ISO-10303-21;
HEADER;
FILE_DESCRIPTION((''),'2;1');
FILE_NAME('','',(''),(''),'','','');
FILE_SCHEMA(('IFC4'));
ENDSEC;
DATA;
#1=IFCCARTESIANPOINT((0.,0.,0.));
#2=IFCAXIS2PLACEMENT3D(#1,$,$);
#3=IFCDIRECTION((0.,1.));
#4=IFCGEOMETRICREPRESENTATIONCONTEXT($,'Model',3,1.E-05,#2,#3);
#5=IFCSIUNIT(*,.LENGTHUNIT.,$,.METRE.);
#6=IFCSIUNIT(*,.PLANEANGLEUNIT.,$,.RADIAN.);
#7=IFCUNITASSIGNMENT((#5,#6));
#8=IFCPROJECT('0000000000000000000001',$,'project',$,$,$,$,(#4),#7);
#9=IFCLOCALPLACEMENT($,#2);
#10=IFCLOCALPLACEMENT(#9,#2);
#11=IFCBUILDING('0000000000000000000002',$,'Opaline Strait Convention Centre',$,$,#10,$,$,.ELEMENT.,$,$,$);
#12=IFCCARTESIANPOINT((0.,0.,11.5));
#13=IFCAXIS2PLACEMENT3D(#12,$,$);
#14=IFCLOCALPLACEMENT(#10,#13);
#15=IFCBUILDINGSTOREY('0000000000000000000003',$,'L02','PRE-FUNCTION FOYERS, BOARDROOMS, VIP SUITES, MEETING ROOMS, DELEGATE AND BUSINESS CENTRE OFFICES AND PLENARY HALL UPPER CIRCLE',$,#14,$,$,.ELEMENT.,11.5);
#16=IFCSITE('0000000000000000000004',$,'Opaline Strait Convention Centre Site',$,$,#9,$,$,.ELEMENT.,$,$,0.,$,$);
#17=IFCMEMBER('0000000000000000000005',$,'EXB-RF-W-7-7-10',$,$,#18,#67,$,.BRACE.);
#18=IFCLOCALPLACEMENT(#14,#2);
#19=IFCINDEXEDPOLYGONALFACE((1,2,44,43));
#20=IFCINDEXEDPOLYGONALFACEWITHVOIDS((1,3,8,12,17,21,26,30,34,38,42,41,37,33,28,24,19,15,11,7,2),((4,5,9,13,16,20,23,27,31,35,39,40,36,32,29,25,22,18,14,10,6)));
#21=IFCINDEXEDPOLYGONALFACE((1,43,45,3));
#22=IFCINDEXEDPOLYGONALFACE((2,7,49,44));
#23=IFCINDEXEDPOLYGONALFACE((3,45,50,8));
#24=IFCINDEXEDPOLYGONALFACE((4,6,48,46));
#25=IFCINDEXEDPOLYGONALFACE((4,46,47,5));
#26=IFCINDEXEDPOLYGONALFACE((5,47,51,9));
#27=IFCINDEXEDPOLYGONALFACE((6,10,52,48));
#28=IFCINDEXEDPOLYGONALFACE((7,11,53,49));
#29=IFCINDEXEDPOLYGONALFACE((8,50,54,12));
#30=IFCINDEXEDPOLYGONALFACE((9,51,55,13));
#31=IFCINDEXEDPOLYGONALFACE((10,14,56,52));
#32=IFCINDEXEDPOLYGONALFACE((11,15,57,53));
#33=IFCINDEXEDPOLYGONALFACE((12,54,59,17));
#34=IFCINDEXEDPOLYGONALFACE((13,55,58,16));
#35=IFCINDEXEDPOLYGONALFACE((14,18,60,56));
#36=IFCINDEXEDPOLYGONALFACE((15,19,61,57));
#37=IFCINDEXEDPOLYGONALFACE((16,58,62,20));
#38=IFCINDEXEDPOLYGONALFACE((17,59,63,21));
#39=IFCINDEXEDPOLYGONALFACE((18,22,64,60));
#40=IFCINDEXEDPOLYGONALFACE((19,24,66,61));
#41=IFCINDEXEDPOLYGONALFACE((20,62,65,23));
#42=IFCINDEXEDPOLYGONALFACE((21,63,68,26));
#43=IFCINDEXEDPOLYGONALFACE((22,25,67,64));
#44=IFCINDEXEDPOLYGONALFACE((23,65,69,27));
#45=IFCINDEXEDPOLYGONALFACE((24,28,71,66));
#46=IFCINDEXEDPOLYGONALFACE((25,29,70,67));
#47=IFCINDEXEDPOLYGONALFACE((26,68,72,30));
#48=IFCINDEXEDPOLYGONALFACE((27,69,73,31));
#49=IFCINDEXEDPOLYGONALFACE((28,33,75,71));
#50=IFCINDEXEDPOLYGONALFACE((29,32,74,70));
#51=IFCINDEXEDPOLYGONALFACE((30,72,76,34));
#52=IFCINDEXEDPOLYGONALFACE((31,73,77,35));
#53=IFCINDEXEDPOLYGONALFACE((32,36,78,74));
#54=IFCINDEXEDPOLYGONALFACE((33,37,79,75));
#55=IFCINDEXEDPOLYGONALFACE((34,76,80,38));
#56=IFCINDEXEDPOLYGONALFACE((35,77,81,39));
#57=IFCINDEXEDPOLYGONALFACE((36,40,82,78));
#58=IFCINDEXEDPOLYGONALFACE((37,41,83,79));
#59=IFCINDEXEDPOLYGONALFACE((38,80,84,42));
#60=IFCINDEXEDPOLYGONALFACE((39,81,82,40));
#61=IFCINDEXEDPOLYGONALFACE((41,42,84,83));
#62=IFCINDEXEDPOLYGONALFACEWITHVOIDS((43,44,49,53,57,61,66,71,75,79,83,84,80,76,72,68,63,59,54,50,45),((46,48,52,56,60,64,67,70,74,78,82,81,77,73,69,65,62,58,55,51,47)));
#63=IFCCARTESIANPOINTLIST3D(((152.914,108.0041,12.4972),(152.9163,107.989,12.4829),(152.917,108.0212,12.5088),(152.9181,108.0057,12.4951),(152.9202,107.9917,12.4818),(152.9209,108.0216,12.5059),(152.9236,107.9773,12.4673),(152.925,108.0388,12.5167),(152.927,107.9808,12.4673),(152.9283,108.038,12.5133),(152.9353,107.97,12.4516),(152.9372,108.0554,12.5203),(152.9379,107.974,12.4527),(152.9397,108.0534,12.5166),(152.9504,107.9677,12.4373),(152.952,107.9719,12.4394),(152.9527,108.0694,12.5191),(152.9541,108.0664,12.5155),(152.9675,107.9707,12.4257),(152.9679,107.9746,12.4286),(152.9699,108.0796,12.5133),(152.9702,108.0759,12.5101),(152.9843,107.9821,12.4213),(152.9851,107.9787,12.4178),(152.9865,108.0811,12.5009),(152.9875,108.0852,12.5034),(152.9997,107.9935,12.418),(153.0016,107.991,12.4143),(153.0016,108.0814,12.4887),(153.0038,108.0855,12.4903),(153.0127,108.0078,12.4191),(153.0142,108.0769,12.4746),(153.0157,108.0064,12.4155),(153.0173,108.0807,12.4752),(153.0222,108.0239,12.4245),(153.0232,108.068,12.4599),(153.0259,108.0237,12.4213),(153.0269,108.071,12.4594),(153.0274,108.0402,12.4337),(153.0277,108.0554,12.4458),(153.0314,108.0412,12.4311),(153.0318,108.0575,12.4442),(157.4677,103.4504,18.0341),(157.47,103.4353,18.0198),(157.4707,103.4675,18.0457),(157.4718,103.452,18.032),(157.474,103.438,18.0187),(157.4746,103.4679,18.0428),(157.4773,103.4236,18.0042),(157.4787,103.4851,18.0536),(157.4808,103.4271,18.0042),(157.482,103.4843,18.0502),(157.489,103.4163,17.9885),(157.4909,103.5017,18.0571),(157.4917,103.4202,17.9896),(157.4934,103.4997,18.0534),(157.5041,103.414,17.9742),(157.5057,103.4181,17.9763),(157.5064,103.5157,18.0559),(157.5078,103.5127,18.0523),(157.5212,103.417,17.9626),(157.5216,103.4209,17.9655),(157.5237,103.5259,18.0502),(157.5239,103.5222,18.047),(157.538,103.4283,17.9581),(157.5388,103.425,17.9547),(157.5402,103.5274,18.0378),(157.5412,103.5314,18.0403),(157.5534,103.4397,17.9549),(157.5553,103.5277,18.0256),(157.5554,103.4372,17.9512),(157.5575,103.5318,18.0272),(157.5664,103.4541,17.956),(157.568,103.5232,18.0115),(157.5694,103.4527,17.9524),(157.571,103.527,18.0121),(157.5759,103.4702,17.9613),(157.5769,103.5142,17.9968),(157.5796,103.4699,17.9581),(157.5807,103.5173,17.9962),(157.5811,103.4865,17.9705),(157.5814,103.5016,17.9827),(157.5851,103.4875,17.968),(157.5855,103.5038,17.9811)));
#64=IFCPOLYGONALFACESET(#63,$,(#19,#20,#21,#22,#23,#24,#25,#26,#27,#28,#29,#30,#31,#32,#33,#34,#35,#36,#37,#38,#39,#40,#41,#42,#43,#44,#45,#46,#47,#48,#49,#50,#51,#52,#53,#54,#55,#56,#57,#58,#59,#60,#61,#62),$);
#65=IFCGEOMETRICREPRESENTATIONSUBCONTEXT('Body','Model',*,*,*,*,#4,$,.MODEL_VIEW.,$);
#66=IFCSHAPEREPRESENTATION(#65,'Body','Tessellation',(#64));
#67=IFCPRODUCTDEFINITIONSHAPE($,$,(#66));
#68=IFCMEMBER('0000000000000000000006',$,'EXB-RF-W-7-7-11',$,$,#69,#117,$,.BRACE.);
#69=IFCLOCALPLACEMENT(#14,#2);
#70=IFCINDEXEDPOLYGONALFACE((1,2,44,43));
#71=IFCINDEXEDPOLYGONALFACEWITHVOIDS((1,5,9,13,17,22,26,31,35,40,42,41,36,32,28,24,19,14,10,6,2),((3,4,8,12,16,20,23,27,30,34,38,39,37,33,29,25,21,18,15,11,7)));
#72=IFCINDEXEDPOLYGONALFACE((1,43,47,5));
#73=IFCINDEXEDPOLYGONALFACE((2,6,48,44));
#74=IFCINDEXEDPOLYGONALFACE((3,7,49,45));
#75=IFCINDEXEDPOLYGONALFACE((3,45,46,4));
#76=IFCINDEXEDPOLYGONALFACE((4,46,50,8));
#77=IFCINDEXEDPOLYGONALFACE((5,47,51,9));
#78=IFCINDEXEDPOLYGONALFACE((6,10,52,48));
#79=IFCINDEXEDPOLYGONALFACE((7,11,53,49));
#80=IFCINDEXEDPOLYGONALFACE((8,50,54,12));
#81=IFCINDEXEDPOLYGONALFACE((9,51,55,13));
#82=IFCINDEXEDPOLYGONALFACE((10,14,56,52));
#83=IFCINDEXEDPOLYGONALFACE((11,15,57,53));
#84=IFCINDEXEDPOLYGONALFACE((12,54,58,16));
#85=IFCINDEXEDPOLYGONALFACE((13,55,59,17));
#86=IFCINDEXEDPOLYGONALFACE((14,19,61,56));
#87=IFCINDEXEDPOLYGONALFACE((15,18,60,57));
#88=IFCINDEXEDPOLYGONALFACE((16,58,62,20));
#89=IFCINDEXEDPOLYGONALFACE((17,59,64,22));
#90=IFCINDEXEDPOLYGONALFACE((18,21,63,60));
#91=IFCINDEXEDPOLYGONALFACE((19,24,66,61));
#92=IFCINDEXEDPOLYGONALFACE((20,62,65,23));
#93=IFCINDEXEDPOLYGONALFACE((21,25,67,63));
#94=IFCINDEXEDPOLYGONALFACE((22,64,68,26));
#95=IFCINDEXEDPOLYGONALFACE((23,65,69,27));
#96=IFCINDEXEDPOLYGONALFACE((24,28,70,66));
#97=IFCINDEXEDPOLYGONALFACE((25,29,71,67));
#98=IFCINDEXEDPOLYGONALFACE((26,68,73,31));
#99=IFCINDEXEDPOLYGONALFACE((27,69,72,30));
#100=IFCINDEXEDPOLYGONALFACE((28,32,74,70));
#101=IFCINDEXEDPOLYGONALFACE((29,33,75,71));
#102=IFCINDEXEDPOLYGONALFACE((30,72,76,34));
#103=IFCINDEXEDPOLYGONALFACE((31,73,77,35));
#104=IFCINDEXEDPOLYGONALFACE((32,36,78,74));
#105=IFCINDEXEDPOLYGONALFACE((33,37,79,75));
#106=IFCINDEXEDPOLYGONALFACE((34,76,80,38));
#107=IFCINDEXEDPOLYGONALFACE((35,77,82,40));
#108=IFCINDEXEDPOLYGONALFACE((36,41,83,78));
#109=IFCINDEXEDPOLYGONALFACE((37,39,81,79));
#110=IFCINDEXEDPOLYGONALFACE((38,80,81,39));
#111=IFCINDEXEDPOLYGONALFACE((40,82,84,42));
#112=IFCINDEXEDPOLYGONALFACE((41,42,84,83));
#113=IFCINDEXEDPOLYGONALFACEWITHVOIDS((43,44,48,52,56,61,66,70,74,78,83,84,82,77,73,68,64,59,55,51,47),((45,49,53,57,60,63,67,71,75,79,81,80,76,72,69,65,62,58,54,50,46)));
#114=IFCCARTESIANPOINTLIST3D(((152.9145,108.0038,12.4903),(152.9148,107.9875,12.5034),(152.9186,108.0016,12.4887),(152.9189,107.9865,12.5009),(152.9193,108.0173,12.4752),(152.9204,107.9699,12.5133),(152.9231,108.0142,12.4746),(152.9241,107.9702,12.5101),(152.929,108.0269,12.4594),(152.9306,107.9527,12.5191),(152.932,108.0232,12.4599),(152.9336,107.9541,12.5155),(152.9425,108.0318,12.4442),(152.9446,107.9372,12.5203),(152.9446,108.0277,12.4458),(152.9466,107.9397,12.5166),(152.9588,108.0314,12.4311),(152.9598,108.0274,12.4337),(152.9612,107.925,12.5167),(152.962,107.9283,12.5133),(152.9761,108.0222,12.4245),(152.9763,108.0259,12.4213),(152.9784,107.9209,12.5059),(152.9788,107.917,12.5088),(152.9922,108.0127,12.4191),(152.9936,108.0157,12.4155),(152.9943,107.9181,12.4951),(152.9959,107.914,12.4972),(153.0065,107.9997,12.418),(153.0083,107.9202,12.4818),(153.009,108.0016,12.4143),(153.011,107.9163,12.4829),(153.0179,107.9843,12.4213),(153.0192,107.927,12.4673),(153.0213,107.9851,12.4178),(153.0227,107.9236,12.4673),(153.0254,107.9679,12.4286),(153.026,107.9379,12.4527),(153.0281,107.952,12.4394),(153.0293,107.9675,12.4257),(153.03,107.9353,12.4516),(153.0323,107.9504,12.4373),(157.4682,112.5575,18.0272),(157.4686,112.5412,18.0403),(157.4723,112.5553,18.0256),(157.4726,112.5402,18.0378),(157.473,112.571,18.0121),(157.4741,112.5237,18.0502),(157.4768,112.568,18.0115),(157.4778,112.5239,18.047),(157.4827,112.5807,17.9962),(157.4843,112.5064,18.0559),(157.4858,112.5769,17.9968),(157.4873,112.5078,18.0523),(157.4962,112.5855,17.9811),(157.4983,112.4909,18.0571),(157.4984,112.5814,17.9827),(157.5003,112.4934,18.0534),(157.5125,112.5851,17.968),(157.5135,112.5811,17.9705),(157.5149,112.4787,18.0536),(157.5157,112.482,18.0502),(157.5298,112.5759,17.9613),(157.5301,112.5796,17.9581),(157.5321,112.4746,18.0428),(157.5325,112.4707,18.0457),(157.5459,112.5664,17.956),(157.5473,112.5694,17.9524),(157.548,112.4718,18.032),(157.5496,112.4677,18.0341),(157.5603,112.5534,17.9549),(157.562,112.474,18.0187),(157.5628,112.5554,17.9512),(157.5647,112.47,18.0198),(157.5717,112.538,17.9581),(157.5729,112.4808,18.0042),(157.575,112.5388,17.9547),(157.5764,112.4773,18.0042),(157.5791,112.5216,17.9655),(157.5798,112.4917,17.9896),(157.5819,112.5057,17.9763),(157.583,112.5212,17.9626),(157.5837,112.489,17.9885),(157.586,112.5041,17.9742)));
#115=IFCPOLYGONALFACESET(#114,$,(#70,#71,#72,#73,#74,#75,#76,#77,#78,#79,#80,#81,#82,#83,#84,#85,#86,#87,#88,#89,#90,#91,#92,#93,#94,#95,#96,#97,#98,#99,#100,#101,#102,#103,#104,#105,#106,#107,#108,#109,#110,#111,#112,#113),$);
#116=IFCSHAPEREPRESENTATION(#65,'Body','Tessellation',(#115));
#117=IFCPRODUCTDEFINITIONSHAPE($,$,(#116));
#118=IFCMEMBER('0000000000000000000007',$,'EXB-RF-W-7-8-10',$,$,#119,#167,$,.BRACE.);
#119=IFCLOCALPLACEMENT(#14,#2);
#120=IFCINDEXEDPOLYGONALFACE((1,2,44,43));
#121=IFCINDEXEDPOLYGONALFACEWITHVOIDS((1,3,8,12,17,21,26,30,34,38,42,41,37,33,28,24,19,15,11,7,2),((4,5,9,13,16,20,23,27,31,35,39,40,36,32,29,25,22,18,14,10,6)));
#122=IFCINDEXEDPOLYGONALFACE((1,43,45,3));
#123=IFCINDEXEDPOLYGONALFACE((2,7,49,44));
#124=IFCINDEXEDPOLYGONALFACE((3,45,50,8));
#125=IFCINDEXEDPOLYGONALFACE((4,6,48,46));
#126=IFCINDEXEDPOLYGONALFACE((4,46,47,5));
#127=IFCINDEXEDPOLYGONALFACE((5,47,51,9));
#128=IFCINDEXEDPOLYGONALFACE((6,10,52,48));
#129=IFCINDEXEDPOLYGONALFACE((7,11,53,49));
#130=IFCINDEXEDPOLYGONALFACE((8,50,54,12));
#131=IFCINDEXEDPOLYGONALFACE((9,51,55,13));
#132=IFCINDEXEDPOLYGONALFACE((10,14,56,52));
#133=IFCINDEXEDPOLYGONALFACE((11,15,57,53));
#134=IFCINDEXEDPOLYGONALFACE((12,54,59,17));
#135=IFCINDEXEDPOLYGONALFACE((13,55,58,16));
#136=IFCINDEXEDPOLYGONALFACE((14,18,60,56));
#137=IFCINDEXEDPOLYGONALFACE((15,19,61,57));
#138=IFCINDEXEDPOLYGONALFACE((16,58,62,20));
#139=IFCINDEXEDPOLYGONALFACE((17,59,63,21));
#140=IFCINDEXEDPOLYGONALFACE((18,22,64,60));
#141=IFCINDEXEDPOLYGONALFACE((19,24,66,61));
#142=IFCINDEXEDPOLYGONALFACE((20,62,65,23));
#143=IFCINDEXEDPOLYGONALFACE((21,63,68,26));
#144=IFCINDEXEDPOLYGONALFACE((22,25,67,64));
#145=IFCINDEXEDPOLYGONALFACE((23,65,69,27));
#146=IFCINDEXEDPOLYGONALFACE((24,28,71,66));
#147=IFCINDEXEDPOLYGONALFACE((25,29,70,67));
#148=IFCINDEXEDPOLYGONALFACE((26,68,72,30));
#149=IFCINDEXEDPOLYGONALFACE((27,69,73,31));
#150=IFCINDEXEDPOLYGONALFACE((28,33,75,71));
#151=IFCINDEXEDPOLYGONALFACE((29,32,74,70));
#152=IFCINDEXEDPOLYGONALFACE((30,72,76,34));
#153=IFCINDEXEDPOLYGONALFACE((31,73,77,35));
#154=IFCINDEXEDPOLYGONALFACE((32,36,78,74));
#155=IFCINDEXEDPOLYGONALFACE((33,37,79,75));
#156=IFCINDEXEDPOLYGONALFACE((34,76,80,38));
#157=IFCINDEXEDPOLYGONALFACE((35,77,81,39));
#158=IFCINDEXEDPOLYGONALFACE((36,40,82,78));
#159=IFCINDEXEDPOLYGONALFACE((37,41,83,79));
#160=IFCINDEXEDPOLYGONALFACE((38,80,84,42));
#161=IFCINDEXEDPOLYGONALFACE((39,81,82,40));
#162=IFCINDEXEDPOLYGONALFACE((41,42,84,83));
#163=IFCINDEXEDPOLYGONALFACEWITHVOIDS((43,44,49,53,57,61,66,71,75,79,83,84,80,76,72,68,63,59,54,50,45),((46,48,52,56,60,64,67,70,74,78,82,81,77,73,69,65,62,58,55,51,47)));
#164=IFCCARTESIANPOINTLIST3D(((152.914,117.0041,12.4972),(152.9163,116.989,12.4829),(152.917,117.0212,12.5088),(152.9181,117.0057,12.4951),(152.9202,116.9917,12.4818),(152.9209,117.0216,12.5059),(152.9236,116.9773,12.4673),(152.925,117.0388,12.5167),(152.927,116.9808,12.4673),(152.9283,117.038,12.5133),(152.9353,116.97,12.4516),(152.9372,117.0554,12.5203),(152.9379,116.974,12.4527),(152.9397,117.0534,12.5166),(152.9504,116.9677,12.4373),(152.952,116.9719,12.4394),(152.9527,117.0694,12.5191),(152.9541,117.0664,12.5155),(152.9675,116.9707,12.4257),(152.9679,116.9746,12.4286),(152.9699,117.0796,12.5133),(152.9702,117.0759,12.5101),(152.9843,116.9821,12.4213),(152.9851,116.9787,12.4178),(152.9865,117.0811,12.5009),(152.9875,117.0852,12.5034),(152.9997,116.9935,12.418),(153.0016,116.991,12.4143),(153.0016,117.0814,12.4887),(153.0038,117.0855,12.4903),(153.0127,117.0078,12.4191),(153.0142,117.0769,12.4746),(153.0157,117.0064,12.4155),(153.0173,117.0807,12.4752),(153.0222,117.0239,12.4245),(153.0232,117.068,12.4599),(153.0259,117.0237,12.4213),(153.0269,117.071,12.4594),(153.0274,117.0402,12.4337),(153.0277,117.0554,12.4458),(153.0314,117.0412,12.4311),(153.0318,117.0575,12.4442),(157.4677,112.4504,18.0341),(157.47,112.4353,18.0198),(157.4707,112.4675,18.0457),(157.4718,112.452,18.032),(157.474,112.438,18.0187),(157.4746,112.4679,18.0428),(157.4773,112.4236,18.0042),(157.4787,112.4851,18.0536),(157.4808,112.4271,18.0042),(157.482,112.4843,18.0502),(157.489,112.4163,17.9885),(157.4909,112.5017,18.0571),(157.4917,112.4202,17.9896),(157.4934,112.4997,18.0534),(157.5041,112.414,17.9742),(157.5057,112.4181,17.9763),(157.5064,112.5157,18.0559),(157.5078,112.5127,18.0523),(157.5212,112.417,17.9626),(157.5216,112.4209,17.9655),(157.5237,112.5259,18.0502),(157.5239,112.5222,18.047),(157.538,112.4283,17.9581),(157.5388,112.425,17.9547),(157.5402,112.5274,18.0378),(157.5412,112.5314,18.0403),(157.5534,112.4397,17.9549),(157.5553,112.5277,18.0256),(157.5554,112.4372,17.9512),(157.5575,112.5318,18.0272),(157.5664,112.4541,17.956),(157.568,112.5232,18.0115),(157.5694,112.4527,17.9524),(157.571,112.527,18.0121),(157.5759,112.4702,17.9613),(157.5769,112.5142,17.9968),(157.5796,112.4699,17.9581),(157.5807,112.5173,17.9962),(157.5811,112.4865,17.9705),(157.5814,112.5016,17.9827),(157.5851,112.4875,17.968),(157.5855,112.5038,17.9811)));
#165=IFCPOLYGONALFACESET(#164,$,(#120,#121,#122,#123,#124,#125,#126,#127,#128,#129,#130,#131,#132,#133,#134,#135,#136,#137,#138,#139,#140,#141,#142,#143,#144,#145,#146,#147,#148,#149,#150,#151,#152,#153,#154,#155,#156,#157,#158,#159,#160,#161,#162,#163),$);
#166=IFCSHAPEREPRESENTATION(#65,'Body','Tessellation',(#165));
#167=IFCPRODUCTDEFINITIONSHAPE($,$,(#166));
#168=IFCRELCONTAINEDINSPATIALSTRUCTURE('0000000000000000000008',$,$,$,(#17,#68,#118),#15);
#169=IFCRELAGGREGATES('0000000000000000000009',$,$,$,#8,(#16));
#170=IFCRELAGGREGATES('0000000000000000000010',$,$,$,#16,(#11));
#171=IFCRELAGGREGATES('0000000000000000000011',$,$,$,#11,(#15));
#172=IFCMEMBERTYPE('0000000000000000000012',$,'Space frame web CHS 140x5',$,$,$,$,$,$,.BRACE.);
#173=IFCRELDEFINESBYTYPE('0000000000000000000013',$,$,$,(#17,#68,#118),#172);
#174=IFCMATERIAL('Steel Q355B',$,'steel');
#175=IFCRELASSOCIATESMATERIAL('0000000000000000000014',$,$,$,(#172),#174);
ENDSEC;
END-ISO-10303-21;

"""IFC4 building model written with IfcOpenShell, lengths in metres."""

from ifc_helpers import new_model, si_unit, direction, frame, origin, origin_2d, place, context, subcontext, project, spatial, hollow_circle, extrude, material, material_profile, profile_set, type_object, element, save


model = new_model("IFC4")

# Units and contexts
model_context = context("Model", 3, precision=1e-05, world=origin(), true_north=direction((0.0, 1.0)))
body_context = subcontext(model_context, "Body", "Model", "MODEL_VIEW")
ifc_project = project(units=[si_unit("LENGTHUNIT", "METRE"), si_unit("PLANEANGLEUNIT", "RADIAN")], contexts=[model_context])

# Site, building, storey
site_placement = place(None, origin())
site = spatial("IfcSite", under=ifc_project, at=site_placement, Name="Opaline Strait Convention Centre Site", CompositionType="ELEMENT", RefElevation=0.0)
building_placement = place(site_placement, origin())
building = spatial("IfcBuilding", under=site, at=building_placement, Name="Opaline Strait Convention Centre", CompositionType="ELEMENT")
storey_placement = place(building_placement, frame((0.0, 0.0, 11.5)))
storey = spatial("IfcBuildingStorey", under=building, at=storey_placement, Name="L02", Description="PRE-FUNCTION FOYERS, BOARDROOMS, VIP SUITES, MEETING ROOMS, DELEGATE AND BUSINESS CENTRE OFFICES AND PLENARY HALL UPPER CIRCLE", CompositionType="ELEMENT", Elevation=11.5)

# Members
ifc_material_1 = material(Name="Steel Q355B", Category="steel")
ifc_material_profile_1 = material_profile(ifc_material_1, hollow_circle(Radius=0.0701, WallThickness=0.0049, at=origin_2d()), Name="CHS 140x5")
ifc_profile_set_1 = profile_set([ifc_material_profile_1], Name="Steel Q355B")
member_type_1 = type_object("IfcMemberType", Name="Space frame web CHS 140x5", PredefinedType="BRACE", material=ifc_profile_set_1)
for number, where, z_axis, x_axis, name in (
    (1, (157.5269, 103.4731, 18.0042), (-0.536178, 0.536178, -0.65194), (-0.707107, -0.707107, 0.0), "EXB-RF-W-7-7-10"),
    (2, (157.5269, 112.5269, 18.0042), (-0.536178, -0.536178, -0.65194), (0.707107, -0.707107, 0.0), "EXB-RF-W-7-7-11"),
    (3, (157.5269, 112.4731, 18.0042), (-0.536178, 0.536178, -0.65194), (-0.707107, -0.707107, 0.0), "EXB-RF-W-7-8-10"),
):
    element("IfcMember", number, at=place(storey_placement, frame(where, z_axis=z_axis, x_axis=x_axis)), inside=storey, type_object=member_type_1, Name=name, PredefinedType="BRACE", context=body_context, shape_type="SweptSolid", body=[
        extrude(hollow_circle(Radius=0.0701, WallThickness=0.0049, at=origin_2d()), origin(), (0.0, 0.0, 1.0), 8.4929),
    ])

save(model, "model.ifc")
